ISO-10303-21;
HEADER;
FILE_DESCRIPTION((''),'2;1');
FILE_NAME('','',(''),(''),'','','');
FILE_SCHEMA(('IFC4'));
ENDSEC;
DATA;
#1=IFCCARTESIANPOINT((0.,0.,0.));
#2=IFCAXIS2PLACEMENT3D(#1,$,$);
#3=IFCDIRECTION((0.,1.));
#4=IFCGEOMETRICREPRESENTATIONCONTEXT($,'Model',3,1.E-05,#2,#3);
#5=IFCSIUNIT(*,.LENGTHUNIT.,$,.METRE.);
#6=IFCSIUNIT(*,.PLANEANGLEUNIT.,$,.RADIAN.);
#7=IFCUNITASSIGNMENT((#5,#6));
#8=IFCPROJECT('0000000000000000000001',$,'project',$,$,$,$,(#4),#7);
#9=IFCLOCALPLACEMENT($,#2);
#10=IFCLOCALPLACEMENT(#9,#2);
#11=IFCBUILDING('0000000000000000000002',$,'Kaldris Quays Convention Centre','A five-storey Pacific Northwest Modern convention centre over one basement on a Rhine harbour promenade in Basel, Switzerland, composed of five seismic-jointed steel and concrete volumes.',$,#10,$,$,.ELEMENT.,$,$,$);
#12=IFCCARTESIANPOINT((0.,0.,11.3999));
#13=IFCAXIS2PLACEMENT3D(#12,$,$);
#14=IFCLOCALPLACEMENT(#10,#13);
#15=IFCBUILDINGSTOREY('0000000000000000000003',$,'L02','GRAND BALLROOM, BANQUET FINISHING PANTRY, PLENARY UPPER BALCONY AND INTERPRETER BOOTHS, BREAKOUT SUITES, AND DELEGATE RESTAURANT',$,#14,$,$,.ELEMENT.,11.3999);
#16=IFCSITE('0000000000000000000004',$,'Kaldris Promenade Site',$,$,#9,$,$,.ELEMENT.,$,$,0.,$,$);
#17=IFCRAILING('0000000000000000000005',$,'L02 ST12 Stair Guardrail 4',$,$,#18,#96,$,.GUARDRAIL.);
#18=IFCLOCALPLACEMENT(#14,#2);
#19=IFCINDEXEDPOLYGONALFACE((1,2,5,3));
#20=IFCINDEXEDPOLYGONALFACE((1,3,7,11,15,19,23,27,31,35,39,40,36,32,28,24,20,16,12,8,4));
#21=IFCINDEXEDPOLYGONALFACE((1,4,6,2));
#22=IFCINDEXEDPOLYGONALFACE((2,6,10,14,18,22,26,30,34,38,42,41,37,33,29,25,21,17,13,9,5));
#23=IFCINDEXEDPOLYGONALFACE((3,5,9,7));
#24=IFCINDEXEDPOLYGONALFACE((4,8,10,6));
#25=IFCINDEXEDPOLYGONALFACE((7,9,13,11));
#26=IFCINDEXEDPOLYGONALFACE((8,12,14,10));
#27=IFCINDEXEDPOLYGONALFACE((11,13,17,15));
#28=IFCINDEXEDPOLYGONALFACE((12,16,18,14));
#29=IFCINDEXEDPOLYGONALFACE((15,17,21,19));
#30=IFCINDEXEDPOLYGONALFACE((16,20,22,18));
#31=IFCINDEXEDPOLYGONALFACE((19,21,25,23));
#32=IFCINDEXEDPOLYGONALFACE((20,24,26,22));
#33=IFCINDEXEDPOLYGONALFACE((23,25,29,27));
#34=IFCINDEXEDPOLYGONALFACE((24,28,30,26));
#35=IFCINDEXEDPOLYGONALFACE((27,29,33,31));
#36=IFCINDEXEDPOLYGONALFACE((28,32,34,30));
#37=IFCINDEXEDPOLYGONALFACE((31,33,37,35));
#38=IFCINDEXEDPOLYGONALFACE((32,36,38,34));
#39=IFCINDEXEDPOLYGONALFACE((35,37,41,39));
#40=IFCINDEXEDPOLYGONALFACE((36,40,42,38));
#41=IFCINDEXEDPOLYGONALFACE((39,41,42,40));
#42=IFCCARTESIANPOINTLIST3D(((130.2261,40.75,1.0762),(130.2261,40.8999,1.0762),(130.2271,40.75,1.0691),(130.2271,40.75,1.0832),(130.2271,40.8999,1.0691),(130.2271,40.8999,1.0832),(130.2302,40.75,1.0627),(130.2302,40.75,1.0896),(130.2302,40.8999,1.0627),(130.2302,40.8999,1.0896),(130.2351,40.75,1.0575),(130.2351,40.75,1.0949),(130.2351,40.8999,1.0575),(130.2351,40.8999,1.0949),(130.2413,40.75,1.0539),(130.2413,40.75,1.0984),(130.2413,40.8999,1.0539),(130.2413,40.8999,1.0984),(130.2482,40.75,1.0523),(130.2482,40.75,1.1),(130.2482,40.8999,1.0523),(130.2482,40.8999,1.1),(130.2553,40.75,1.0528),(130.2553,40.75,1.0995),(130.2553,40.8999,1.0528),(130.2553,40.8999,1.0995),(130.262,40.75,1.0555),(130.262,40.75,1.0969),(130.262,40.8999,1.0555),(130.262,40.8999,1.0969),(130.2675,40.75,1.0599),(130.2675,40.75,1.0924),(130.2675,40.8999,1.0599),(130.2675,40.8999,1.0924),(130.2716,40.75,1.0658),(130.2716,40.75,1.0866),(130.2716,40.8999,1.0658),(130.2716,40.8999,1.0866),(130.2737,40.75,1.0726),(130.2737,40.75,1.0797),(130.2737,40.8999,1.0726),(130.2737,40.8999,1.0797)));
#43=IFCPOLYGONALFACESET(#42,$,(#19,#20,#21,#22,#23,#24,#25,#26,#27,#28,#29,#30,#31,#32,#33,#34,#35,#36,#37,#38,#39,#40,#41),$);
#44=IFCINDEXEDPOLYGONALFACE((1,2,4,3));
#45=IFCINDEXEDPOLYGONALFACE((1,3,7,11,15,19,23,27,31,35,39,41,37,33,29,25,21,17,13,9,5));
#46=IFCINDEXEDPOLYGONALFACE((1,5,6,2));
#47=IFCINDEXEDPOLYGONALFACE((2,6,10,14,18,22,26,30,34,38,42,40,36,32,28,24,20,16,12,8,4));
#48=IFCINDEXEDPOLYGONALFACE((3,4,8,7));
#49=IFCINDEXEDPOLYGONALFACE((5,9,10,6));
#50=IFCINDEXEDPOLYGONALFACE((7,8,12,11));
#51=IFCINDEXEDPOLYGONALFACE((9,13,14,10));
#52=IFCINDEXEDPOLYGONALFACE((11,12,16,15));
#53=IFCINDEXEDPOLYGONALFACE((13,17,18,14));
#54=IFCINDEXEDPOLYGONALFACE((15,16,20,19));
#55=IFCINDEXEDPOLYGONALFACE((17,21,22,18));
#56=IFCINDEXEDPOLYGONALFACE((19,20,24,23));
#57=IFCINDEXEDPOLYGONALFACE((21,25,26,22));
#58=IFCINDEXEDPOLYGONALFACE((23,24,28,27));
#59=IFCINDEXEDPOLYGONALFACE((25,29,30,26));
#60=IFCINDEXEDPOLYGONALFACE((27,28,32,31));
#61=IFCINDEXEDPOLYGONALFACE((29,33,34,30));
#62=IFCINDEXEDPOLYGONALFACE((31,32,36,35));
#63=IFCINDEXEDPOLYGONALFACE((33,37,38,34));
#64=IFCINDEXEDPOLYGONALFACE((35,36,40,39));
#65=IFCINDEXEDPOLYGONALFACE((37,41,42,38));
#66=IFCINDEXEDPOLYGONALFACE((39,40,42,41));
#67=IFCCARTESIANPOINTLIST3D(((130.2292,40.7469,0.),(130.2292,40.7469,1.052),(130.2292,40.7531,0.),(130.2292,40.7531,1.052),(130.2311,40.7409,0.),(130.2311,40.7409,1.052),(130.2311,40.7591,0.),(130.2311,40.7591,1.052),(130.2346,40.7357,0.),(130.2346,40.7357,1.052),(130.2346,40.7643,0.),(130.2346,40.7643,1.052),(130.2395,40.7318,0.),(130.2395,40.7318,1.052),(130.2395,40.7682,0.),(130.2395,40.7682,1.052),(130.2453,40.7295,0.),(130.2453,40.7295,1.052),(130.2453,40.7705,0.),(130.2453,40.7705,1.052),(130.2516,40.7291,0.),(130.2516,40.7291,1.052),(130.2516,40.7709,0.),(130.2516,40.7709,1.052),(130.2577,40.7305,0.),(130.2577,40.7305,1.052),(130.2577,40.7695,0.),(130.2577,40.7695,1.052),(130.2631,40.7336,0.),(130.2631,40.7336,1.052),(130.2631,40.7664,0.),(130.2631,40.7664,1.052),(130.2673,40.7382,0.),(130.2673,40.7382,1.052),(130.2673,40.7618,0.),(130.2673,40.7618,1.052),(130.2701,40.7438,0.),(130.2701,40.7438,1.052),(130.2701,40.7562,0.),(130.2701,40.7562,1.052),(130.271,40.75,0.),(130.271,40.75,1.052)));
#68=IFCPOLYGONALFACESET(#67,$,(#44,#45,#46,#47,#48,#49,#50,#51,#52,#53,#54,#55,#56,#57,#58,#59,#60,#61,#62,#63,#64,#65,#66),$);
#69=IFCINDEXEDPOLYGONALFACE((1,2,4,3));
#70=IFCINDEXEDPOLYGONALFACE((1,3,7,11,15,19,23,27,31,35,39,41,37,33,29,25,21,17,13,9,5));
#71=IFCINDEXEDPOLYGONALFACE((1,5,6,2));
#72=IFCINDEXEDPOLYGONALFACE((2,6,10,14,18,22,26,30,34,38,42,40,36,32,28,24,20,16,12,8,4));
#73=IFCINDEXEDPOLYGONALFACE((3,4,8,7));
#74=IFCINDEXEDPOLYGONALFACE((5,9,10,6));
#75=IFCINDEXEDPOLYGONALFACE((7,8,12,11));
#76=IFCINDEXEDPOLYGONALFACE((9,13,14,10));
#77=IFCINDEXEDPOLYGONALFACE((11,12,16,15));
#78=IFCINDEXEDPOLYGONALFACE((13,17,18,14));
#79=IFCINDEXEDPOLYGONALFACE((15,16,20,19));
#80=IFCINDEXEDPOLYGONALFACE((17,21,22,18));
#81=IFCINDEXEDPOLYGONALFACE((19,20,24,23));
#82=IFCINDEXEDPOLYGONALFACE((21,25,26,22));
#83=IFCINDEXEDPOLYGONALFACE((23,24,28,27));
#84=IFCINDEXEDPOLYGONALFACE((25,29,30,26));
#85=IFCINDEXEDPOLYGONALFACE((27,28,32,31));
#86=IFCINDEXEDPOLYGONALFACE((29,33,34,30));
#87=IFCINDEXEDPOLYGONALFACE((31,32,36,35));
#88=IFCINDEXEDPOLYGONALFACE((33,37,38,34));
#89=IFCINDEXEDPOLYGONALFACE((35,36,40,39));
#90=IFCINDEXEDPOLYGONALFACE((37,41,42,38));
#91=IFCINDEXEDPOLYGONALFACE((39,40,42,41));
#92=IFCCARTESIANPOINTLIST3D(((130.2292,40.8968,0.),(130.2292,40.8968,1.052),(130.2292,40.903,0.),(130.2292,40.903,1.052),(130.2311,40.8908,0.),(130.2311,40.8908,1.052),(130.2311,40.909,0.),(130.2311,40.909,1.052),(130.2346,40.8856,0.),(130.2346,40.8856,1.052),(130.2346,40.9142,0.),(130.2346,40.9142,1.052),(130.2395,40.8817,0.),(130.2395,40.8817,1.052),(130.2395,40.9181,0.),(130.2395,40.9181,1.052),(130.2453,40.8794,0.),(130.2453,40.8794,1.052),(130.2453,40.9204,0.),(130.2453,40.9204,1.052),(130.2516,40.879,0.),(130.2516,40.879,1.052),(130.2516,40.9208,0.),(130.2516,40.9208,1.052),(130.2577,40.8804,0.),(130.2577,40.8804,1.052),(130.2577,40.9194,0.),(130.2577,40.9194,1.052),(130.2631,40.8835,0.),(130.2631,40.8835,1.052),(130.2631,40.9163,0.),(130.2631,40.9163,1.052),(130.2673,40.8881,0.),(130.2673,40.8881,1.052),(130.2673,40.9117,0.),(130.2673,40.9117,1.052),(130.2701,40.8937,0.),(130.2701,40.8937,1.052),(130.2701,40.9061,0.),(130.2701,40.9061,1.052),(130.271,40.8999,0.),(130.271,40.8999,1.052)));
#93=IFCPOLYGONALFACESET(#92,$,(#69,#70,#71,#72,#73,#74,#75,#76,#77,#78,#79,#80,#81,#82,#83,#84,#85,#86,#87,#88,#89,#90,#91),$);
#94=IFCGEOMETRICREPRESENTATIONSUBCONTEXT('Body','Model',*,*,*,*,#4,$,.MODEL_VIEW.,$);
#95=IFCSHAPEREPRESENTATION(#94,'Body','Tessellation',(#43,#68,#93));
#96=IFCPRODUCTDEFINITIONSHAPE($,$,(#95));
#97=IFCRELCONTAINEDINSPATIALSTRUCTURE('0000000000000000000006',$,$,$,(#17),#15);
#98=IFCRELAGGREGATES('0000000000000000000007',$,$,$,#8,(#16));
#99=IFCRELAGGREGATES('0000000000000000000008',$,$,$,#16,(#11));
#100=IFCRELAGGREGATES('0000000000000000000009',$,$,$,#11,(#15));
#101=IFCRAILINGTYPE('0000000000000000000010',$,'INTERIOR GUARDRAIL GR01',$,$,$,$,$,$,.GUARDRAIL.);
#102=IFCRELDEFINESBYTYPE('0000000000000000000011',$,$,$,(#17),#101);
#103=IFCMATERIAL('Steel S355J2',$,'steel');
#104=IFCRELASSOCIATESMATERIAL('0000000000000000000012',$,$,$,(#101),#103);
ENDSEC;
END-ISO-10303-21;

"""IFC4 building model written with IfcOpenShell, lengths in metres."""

from ifc_helpers import new_model, si_unit, direction, frame, origin, origin_2d, place, context, subcontext, project, spatial, circle, extrude, material, type_object, element, save


model = new_model("IFC4")

# Units and contexts
model_context = context("Model", 3, precision=1e-05, world=origin(), true_north=direction((0.0, 1.0)))
body_context = subcontext(model_context, "Body", "Model", "MODEL_VIEW")
ifc_project = project(units=[si_unit("LENGTHUNIT", "METRE"), si_unit("PLANEANGLEUNIT", "RADIAN")], contexts=[model_context])

# Site, building, storey
site_placement = place(None, origin())
site = spatial("IfcSite", under=ifc_project, at=site_placement, Name="Kaldris Promenade Site", CompositionType="ELEMENT", RefElevation=0.0)
building_placement = place(site_placement, origin())
building = spatial("IfcBuilding", under=site, at=building_placement, Name="Kaldris Quays Convention Centre", Description="A five-storey Pacific Northwest Modern convention centre over one basement on a Rhine harbour promenade in Basel, Switzerland, composed of five seismic-jointed steel and concrete volumes.", CompositionType="ELEMENT")
storey_placement = place(building_placement, frame((0.0, 0.0, 11.3999)))
storey = spatial("IfcBuildingStorey", under=building, at=storey_placement, Name="L02", Description="GRAND BALLROOM, BANQUET FINISHING PANTRY, PLENARY UPPER BALCONY AND INTERPRETER BOOTHS, BREAKOUT SUITES, AND DELEGATE RESTAURANT", CompositionType="ELEMENT", Elevation=11.3999)

# Railing
ifc_material_1 = material(Name="Steel S355J2", Category="steel")
railing_type_1 = type_object("IfcRailingType", Name="INTERIOR GUARDRAIL GR01", PredefinedType="GUARDRAIL", material=ifc_material_1)
railing_1_placement = place(storey_placement, frame((130.25, 40.75, 0.0)))
element("IfcRailing", 1, at=railing_1_placement, inside=storey, type_object=railing_type_1, Name="L02 ST12 Stair Guardrail 4", PredefinedType="GUARDRAIL", context=body_context, shape_type="SweptSolid", body=[
    extrude(circle(Radius=0.0239, at=origin_2d()), frame((0.0, 0.0, 1.0762), z_axis=(0.0, 1.0, 0.0), x_axis=(-1.0, 0.0, 0.0)), (0.0, 0.0, 1.0), 0.1499),
    extrude(circle(Radius=0.021, at=origin_2d()), origin(), (0.0, 0.0, 1.0), 1.052),
    extrude(circle(Radius=0.021, at=origin_2d()), frame((0.0, 0.1499, 0.0)), (0.0, 0.0, 1.0), 1.052),
])

save(model, "model.ifc")
